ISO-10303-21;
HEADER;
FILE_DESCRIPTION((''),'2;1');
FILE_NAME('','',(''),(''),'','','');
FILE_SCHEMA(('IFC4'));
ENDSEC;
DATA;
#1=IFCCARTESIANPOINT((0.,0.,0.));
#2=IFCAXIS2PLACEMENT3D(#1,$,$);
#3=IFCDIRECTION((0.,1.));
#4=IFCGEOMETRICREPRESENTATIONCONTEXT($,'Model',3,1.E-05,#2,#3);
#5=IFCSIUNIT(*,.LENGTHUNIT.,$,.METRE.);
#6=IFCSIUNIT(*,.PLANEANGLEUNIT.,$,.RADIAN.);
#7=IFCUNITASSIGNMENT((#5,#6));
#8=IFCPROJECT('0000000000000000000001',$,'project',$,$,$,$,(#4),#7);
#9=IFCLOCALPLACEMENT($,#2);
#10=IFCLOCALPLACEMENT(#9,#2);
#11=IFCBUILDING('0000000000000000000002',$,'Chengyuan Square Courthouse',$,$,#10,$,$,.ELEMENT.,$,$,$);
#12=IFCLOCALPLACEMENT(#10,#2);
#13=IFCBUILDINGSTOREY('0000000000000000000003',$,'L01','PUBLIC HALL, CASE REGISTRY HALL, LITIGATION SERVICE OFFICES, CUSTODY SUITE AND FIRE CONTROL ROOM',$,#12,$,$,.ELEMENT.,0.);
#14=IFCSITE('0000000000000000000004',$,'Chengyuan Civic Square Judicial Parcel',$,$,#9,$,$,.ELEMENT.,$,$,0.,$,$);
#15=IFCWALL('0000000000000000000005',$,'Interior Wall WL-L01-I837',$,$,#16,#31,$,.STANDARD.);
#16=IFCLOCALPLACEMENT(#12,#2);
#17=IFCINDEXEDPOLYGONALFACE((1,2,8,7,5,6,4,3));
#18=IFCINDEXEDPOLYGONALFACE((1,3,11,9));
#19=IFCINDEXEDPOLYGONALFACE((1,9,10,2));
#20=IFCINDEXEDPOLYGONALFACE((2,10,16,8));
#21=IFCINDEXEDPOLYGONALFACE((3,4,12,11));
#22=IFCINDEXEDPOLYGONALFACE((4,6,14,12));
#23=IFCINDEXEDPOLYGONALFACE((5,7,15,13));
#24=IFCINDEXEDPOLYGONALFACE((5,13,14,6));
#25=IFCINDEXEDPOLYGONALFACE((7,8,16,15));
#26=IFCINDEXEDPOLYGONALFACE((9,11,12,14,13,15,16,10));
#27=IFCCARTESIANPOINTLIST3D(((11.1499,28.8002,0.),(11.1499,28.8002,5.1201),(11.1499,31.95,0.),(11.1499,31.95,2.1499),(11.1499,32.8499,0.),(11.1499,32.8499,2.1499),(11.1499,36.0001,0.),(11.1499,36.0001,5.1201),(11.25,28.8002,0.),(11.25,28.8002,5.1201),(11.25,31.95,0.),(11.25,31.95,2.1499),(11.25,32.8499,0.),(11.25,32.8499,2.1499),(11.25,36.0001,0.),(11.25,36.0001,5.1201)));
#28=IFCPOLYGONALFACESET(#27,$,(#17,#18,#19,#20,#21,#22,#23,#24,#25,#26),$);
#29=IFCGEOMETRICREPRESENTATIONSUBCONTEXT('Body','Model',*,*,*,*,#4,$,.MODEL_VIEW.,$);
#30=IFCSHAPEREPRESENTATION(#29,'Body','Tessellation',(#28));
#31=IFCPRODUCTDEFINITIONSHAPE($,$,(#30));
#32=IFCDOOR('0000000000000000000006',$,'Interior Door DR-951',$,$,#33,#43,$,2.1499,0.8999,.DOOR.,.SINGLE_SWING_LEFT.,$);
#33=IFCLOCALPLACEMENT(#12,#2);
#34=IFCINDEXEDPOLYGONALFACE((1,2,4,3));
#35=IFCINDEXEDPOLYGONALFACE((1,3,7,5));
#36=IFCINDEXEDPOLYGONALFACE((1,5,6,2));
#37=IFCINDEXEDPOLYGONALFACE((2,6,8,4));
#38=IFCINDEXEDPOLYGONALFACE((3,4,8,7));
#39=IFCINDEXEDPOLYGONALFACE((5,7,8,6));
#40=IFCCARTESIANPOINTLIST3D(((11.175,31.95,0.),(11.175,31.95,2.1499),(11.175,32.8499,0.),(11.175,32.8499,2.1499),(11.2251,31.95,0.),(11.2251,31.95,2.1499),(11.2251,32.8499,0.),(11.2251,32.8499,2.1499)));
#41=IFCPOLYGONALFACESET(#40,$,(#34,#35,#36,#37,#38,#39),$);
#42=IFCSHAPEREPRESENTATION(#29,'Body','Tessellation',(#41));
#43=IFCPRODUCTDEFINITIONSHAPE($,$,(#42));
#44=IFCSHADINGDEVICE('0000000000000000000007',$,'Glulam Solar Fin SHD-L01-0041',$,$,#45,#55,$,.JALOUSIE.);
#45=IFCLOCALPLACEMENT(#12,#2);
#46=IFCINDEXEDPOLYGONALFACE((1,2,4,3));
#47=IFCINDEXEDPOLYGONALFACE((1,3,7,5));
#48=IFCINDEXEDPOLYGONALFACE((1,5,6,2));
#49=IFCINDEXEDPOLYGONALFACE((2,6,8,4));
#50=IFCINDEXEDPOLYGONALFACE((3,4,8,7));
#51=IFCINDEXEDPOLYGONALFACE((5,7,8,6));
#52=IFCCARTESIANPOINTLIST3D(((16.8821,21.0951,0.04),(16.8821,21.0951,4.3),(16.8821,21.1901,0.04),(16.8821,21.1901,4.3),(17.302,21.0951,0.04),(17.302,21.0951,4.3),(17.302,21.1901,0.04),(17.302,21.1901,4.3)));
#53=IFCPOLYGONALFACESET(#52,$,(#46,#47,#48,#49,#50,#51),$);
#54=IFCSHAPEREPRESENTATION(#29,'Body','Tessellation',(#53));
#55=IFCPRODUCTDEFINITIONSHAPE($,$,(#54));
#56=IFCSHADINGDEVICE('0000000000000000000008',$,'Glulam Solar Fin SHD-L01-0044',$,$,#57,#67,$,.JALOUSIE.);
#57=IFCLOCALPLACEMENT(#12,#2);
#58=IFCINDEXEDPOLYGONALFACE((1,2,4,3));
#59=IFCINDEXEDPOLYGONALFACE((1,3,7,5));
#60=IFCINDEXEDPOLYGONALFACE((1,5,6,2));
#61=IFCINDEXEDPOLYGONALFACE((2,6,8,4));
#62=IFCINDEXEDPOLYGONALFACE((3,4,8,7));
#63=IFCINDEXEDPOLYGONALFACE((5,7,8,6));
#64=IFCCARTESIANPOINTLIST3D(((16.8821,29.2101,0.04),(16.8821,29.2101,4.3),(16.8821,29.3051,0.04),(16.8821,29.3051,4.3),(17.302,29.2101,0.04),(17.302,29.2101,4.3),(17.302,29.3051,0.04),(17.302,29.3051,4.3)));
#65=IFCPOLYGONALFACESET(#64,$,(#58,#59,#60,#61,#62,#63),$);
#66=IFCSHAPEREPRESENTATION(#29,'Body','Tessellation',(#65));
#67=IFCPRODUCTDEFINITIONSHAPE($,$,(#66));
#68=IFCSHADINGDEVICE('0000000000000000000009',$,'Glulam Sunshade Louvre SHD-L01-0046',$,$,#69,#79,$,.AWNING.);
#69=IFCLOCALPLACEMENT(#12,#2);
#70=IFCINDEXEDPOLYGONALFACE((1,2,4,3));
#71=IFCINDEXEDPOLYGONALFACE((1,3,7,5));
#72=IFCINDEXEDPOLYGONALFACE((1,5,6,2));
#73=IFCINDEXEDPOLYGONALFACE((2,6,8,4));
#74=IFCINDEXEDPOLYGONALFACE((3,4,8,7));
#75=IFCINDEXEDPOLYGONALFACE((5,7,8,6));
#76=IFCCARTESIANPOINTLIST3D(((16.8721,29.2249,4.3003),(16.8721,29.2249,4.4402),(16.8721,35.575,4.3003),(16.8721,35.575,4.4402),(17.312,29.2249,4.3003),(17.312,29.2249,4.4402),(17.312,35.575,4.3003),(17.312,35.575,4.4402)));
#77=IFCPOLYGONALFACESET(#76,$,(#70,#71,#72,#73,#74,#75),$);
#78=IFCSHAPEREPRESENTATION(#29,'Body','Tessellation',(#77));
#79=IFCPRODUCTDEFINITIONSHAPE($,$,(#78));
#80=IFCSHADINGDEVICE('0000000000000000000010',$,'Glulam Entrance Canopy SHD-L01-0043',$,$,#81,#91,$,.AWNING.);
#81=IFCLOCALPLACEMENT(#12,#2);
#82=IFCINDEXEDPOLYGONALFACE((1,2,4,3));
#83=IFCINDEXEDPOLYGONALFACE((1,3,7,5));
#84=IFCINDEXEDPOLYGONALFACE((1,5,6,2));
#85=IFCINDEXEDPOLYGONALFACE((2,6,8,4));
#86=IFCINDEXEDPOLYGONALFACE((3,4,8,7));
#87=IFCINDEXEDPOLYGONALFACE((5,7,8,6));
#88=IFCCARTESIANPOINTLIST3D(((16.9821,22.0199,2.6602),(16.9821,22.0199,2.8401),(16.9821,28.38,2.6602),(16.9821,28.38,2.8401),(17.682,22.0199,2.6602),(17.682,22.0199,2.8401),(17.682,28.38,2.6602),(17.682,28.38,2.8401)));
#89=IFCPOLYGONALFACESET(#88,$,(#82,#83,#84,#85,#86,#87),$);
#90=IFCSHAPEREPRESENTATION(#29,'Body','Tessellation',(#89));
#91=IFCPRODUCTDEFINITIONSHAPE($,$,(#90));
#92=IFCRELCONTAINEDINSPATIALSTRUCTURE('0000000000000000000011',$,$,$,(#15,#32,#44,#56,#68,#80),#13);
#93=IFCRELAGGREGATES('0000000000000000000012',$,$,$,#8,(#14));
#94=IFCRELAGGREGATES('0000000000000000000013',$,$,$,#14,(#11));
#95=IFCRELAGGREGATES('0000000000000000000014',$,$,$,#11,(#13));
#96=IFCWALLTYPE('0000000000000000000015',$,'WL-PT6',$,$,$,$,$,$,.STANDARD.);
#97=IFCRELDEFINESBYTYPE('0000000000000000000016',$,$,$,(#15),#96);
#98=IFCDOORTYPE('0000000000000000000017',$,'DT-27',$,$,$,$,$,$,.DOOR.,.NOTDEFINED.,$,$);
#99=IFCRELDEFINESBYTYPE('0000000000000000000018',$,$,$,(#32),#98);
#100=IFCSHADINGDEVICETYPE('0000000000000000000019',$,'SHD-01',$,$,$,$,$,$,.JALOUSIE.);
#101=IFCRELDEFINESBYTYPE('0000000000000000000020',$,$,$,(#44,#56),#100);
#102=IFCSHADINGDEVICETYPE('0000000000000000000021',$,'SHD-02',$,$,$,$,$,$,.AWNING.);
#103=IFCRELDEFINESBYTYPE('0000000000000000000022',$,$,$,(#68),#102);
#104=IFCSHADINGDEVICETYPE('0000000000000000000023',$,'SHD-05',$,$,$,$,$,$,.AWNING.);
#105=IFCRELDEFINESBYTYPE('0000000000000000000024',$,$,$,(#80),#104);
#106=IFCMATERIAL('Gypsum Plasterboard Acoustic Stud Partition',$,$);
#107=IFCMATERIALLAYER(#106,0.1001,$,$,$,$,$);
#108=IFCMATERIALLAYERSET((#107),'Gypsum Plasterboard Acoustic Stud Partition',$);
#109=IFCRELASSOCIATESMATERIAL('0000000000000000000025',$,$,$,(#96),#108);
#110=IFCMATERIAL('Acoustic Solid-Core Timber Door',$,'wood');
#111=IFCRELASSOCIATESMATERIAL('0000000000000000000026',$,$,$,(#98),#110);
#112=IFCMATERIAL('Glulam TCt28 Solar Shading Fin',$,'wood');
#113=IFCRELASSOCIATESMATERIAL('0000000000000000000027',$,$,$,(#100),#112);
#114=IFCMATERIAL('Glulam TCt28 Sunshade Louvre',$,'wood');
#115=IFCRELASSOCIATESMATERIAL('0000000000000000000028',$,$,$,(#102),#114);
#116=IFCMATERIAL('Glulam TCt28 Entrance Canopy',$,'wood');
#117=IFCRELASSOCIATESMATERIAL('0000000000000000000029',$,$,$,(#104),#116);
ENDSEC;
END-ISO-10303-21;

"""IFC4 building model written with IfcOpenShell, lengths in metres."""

from ifc_helpers import new_model, si_unit, direction, frame, frame_2d, origin, origin_2d, place, context, subcontext, project, spatial, rectangle, extrude, material, layer, layer_set, type_object, element, fill, save


model = new_model("IFC4")

# Units and contexts
model_context = context("Model", 3, precision=1e-05, world=origin(), true_north=direction((0.0, 1.0)))
body_context = subcontext(model_context, "Body", "Model", "MODEL_VIEW")
ifc_project = project(units=[si_unit("LENGTHUNIT", "METRE"), si_unit("PLANEANGLEUNIT", "RADIAN")], contexts=[model_context])

# Site, building, storey
site_placement = place(None, origin())
site = spatial("IfcSite", under=ifc_project, at=site_placement, Name="Chengyuan Civic Square Judicial Parcel", CompositionType="ELEMENT", RefElevation=0.0)
building_placement = place(site_placement, origin())
building = spatial("IfcBuilding", under=site, at=building_placement, Name="Chengyuan Square Courthouse", CompositionType="ELEMENT")
storey_placement = place(building_placement, origin())
storey = spatial("IfcBuildingStorey", under=building, at=storey_placement, Name="L01", Description="PUBLIC HALL, CASE REGISTRY HALL, LITIGATION SERVICE OFFICES, CUSTODY SUITE AND FIRE CONTROL ROOM", CompositionType="ELEMENT", Elevation=0.0)

# Wall, opening, door
ifc_material_1 = material(Name="Gypsum Plasterboard Acoustic Stud Partition")
ifc_layer_1 = layer(ifc_material_1, 0.1001)
ifc_layer_set_1 = layer_set([ifc_layer_1], Name="Gypsum Plasterboard Acoustic Stud Partition")
wall_type_1 = type_object("IfcWallType", Name="WL-PT6", PredefinedType="STANDARD", material=ifc_layer_set_1)
wall_1_placement = place(storey_placement, frame((11.2, 28.8, 0.0), z_axis=(0.0, 0.0, 1.0), x_axis=(0.0, 1.0, 0.0)))
wall_1 = element("IfcWall", 1, at=wall_1_placement, inside=storey, type_object=wall_type_1, Name="Interior Wall WL-L01-I837", PredefinedType="STANDARD", context=body_context, shape_type="SweptSolid", body=[
    extrude(rectangle(XDim=7.2, YDim=0.1001, at=frame_2d((3.6001, 0.0))), origin(), (0.0, 0.0, 1.0), 5.1201),
])
opening_1_placement = place(wall_1_placement, frame((3.1499, 0.0, 0.0)))
opening_1 = element("IfcOpeningElement", 2, at=opening_1_placement, cuts=wall_1, PredefinedType="OPENING", context=body_context, shape_type="SweptSolid", body=[
    extrude(rectangle(XDim=0.8999, YDim=2.1499, at=frame_2d((0.45, 1.075))), frame((0.0, 0.062, 0.0), z_axis=(0.0, -1.0, 0.0), x_axis=(1.0, 0.0, 0.0)), (0.0, 0.0, 1.0), 0.124),
])
ifc_material_2 = material(Name="Acoustic Solid-Core Timber Door", Category="wood")
door_type_1 = type_object("IfcDoorType", Name="DT-27", OperationType="NOTDEFINED", PredefinedType="DOOR", material=ifc_material_2)
door_1_placement = place(opening_1_placement, origin())
door_1 = element("IfcDoor", 3, at=door_1_placement, inside=storey, type_object=door_type_1, Name="Interior Door DR-951", OperationType="SINGLE_SWING_LEFT", OverallHeight=2.1499, OverallWidth=0.8999, PredefinedType="DOOR", context=body_context, shape_type="SweptSolid", body=[
    extrude(rectangle(XDim=0.8999, YDim=2.1499, at=frame_2d((0.45, 1.075))), frame((0.0, 0.0249, 0.0), z_axis=(0.0, -1.0, 0.0), x_axis=(1.0, 0.0, 0.0)), (0.0, 0.0, 1.0), 0.05),
])
fill(opening_1, door_1)

# Shading devices
ifc_material_3 = material(Name="Glulam TCt28 Solar Shading Fin", Category="wood")
shading_device_type_1 = type_object("IfcShadingDeviceType", Name="SHD-01", PredefinedType="JALOUSIE", material=ifc_material_3)
for number, where, z_axis, x_axis, name in (
    (4, (17.092, 21.1426, 0.04), (0.0, 0.0, 1.0), (1.0, 0.0, 0.0), "Glulam Solar Fin SHD-L01-0041"),
    (5, (17.092, 29.2576, 0.04), (0.0, 0.0, 1.0), (1.0, 0.0, 0.0), "Glulam Solar Fin SHD-L01-0044"),
):
    element("IfcShadingDevice", number, at=place(storey_placement, frame(where, z_axis=z_axis, x_axis=x_axis)), inside=storey, type_object=shading_device_type_1, Name=name, PredefinedType="JALOUSIE", context=body_context, shape_type="SweptSolid", body=[
        extrude(rectangle(XDim=0.4199, YDim=0.095, at=origin_2d()), origin(), (0.0, 0.0, 1.0), 4.26),
    ])
ifc_material_4 = material(Name="Glulam TCt28 Sunshade Louvre", Category="wood")
shading_device_type_2 = type_object("IfcShadingDeviceType", Name="SHD-02", PredefinedType="AWNING", material=ifc_material_4)
shading_device_1_placement = place(storey_placement, frame((17.092, 32.3999, 4.3003), z_axis=(0.0, 0.0, 1.0), x_axis=(0.0, 1.0, 0.0)))
element("IfcShadingDevice", 6, at=shading_device_1_placement, inside=storey, type_object=shading_device_type_2, Name="Glulam Sunshade Louvre SHD-L01-0046", PredefinedType="AWNING", context=body_context, shape_type="SweptSolid", body=[
    extrude(rectangle(XDim=6.3501, YDim=0.4399, at=origin_2d()), origin(), (0.0, 0.0, 1.0), 0.1399),
])
ifc_material_5 = material(Name="Glulam TCt28 Entrance Canopy", Category="wood")
shading_device_type_3 = type_object("IfcShadingDeviceType", Name="SHD-05", PredefinedType="AWNING", material=ifc_material_5)
shading_device_2_placement = place(storey_placement, frame((17.332, 25.2, 2.6602), z_axis=(0.0, 0.0, 1.0), x_axis=(0.0, 1.0, 0.0)))
element("IfcShadingDevice", 7, at=shading_device_2_placement, inside=storey, type_object=shading_device_type_3, Name="Glulam Entrance Canopy SHD-L01-0043", PredefinedType="AWNING", context=body_context, shape_type="SweptSolid", body=[
    extrude(rectangle(XDim=6.3601, YDim=0.7, at=origin_2d()), origin(), (0.0, 0.0, 1.0), 0.1799),
])

save(model, "model.ifc")
